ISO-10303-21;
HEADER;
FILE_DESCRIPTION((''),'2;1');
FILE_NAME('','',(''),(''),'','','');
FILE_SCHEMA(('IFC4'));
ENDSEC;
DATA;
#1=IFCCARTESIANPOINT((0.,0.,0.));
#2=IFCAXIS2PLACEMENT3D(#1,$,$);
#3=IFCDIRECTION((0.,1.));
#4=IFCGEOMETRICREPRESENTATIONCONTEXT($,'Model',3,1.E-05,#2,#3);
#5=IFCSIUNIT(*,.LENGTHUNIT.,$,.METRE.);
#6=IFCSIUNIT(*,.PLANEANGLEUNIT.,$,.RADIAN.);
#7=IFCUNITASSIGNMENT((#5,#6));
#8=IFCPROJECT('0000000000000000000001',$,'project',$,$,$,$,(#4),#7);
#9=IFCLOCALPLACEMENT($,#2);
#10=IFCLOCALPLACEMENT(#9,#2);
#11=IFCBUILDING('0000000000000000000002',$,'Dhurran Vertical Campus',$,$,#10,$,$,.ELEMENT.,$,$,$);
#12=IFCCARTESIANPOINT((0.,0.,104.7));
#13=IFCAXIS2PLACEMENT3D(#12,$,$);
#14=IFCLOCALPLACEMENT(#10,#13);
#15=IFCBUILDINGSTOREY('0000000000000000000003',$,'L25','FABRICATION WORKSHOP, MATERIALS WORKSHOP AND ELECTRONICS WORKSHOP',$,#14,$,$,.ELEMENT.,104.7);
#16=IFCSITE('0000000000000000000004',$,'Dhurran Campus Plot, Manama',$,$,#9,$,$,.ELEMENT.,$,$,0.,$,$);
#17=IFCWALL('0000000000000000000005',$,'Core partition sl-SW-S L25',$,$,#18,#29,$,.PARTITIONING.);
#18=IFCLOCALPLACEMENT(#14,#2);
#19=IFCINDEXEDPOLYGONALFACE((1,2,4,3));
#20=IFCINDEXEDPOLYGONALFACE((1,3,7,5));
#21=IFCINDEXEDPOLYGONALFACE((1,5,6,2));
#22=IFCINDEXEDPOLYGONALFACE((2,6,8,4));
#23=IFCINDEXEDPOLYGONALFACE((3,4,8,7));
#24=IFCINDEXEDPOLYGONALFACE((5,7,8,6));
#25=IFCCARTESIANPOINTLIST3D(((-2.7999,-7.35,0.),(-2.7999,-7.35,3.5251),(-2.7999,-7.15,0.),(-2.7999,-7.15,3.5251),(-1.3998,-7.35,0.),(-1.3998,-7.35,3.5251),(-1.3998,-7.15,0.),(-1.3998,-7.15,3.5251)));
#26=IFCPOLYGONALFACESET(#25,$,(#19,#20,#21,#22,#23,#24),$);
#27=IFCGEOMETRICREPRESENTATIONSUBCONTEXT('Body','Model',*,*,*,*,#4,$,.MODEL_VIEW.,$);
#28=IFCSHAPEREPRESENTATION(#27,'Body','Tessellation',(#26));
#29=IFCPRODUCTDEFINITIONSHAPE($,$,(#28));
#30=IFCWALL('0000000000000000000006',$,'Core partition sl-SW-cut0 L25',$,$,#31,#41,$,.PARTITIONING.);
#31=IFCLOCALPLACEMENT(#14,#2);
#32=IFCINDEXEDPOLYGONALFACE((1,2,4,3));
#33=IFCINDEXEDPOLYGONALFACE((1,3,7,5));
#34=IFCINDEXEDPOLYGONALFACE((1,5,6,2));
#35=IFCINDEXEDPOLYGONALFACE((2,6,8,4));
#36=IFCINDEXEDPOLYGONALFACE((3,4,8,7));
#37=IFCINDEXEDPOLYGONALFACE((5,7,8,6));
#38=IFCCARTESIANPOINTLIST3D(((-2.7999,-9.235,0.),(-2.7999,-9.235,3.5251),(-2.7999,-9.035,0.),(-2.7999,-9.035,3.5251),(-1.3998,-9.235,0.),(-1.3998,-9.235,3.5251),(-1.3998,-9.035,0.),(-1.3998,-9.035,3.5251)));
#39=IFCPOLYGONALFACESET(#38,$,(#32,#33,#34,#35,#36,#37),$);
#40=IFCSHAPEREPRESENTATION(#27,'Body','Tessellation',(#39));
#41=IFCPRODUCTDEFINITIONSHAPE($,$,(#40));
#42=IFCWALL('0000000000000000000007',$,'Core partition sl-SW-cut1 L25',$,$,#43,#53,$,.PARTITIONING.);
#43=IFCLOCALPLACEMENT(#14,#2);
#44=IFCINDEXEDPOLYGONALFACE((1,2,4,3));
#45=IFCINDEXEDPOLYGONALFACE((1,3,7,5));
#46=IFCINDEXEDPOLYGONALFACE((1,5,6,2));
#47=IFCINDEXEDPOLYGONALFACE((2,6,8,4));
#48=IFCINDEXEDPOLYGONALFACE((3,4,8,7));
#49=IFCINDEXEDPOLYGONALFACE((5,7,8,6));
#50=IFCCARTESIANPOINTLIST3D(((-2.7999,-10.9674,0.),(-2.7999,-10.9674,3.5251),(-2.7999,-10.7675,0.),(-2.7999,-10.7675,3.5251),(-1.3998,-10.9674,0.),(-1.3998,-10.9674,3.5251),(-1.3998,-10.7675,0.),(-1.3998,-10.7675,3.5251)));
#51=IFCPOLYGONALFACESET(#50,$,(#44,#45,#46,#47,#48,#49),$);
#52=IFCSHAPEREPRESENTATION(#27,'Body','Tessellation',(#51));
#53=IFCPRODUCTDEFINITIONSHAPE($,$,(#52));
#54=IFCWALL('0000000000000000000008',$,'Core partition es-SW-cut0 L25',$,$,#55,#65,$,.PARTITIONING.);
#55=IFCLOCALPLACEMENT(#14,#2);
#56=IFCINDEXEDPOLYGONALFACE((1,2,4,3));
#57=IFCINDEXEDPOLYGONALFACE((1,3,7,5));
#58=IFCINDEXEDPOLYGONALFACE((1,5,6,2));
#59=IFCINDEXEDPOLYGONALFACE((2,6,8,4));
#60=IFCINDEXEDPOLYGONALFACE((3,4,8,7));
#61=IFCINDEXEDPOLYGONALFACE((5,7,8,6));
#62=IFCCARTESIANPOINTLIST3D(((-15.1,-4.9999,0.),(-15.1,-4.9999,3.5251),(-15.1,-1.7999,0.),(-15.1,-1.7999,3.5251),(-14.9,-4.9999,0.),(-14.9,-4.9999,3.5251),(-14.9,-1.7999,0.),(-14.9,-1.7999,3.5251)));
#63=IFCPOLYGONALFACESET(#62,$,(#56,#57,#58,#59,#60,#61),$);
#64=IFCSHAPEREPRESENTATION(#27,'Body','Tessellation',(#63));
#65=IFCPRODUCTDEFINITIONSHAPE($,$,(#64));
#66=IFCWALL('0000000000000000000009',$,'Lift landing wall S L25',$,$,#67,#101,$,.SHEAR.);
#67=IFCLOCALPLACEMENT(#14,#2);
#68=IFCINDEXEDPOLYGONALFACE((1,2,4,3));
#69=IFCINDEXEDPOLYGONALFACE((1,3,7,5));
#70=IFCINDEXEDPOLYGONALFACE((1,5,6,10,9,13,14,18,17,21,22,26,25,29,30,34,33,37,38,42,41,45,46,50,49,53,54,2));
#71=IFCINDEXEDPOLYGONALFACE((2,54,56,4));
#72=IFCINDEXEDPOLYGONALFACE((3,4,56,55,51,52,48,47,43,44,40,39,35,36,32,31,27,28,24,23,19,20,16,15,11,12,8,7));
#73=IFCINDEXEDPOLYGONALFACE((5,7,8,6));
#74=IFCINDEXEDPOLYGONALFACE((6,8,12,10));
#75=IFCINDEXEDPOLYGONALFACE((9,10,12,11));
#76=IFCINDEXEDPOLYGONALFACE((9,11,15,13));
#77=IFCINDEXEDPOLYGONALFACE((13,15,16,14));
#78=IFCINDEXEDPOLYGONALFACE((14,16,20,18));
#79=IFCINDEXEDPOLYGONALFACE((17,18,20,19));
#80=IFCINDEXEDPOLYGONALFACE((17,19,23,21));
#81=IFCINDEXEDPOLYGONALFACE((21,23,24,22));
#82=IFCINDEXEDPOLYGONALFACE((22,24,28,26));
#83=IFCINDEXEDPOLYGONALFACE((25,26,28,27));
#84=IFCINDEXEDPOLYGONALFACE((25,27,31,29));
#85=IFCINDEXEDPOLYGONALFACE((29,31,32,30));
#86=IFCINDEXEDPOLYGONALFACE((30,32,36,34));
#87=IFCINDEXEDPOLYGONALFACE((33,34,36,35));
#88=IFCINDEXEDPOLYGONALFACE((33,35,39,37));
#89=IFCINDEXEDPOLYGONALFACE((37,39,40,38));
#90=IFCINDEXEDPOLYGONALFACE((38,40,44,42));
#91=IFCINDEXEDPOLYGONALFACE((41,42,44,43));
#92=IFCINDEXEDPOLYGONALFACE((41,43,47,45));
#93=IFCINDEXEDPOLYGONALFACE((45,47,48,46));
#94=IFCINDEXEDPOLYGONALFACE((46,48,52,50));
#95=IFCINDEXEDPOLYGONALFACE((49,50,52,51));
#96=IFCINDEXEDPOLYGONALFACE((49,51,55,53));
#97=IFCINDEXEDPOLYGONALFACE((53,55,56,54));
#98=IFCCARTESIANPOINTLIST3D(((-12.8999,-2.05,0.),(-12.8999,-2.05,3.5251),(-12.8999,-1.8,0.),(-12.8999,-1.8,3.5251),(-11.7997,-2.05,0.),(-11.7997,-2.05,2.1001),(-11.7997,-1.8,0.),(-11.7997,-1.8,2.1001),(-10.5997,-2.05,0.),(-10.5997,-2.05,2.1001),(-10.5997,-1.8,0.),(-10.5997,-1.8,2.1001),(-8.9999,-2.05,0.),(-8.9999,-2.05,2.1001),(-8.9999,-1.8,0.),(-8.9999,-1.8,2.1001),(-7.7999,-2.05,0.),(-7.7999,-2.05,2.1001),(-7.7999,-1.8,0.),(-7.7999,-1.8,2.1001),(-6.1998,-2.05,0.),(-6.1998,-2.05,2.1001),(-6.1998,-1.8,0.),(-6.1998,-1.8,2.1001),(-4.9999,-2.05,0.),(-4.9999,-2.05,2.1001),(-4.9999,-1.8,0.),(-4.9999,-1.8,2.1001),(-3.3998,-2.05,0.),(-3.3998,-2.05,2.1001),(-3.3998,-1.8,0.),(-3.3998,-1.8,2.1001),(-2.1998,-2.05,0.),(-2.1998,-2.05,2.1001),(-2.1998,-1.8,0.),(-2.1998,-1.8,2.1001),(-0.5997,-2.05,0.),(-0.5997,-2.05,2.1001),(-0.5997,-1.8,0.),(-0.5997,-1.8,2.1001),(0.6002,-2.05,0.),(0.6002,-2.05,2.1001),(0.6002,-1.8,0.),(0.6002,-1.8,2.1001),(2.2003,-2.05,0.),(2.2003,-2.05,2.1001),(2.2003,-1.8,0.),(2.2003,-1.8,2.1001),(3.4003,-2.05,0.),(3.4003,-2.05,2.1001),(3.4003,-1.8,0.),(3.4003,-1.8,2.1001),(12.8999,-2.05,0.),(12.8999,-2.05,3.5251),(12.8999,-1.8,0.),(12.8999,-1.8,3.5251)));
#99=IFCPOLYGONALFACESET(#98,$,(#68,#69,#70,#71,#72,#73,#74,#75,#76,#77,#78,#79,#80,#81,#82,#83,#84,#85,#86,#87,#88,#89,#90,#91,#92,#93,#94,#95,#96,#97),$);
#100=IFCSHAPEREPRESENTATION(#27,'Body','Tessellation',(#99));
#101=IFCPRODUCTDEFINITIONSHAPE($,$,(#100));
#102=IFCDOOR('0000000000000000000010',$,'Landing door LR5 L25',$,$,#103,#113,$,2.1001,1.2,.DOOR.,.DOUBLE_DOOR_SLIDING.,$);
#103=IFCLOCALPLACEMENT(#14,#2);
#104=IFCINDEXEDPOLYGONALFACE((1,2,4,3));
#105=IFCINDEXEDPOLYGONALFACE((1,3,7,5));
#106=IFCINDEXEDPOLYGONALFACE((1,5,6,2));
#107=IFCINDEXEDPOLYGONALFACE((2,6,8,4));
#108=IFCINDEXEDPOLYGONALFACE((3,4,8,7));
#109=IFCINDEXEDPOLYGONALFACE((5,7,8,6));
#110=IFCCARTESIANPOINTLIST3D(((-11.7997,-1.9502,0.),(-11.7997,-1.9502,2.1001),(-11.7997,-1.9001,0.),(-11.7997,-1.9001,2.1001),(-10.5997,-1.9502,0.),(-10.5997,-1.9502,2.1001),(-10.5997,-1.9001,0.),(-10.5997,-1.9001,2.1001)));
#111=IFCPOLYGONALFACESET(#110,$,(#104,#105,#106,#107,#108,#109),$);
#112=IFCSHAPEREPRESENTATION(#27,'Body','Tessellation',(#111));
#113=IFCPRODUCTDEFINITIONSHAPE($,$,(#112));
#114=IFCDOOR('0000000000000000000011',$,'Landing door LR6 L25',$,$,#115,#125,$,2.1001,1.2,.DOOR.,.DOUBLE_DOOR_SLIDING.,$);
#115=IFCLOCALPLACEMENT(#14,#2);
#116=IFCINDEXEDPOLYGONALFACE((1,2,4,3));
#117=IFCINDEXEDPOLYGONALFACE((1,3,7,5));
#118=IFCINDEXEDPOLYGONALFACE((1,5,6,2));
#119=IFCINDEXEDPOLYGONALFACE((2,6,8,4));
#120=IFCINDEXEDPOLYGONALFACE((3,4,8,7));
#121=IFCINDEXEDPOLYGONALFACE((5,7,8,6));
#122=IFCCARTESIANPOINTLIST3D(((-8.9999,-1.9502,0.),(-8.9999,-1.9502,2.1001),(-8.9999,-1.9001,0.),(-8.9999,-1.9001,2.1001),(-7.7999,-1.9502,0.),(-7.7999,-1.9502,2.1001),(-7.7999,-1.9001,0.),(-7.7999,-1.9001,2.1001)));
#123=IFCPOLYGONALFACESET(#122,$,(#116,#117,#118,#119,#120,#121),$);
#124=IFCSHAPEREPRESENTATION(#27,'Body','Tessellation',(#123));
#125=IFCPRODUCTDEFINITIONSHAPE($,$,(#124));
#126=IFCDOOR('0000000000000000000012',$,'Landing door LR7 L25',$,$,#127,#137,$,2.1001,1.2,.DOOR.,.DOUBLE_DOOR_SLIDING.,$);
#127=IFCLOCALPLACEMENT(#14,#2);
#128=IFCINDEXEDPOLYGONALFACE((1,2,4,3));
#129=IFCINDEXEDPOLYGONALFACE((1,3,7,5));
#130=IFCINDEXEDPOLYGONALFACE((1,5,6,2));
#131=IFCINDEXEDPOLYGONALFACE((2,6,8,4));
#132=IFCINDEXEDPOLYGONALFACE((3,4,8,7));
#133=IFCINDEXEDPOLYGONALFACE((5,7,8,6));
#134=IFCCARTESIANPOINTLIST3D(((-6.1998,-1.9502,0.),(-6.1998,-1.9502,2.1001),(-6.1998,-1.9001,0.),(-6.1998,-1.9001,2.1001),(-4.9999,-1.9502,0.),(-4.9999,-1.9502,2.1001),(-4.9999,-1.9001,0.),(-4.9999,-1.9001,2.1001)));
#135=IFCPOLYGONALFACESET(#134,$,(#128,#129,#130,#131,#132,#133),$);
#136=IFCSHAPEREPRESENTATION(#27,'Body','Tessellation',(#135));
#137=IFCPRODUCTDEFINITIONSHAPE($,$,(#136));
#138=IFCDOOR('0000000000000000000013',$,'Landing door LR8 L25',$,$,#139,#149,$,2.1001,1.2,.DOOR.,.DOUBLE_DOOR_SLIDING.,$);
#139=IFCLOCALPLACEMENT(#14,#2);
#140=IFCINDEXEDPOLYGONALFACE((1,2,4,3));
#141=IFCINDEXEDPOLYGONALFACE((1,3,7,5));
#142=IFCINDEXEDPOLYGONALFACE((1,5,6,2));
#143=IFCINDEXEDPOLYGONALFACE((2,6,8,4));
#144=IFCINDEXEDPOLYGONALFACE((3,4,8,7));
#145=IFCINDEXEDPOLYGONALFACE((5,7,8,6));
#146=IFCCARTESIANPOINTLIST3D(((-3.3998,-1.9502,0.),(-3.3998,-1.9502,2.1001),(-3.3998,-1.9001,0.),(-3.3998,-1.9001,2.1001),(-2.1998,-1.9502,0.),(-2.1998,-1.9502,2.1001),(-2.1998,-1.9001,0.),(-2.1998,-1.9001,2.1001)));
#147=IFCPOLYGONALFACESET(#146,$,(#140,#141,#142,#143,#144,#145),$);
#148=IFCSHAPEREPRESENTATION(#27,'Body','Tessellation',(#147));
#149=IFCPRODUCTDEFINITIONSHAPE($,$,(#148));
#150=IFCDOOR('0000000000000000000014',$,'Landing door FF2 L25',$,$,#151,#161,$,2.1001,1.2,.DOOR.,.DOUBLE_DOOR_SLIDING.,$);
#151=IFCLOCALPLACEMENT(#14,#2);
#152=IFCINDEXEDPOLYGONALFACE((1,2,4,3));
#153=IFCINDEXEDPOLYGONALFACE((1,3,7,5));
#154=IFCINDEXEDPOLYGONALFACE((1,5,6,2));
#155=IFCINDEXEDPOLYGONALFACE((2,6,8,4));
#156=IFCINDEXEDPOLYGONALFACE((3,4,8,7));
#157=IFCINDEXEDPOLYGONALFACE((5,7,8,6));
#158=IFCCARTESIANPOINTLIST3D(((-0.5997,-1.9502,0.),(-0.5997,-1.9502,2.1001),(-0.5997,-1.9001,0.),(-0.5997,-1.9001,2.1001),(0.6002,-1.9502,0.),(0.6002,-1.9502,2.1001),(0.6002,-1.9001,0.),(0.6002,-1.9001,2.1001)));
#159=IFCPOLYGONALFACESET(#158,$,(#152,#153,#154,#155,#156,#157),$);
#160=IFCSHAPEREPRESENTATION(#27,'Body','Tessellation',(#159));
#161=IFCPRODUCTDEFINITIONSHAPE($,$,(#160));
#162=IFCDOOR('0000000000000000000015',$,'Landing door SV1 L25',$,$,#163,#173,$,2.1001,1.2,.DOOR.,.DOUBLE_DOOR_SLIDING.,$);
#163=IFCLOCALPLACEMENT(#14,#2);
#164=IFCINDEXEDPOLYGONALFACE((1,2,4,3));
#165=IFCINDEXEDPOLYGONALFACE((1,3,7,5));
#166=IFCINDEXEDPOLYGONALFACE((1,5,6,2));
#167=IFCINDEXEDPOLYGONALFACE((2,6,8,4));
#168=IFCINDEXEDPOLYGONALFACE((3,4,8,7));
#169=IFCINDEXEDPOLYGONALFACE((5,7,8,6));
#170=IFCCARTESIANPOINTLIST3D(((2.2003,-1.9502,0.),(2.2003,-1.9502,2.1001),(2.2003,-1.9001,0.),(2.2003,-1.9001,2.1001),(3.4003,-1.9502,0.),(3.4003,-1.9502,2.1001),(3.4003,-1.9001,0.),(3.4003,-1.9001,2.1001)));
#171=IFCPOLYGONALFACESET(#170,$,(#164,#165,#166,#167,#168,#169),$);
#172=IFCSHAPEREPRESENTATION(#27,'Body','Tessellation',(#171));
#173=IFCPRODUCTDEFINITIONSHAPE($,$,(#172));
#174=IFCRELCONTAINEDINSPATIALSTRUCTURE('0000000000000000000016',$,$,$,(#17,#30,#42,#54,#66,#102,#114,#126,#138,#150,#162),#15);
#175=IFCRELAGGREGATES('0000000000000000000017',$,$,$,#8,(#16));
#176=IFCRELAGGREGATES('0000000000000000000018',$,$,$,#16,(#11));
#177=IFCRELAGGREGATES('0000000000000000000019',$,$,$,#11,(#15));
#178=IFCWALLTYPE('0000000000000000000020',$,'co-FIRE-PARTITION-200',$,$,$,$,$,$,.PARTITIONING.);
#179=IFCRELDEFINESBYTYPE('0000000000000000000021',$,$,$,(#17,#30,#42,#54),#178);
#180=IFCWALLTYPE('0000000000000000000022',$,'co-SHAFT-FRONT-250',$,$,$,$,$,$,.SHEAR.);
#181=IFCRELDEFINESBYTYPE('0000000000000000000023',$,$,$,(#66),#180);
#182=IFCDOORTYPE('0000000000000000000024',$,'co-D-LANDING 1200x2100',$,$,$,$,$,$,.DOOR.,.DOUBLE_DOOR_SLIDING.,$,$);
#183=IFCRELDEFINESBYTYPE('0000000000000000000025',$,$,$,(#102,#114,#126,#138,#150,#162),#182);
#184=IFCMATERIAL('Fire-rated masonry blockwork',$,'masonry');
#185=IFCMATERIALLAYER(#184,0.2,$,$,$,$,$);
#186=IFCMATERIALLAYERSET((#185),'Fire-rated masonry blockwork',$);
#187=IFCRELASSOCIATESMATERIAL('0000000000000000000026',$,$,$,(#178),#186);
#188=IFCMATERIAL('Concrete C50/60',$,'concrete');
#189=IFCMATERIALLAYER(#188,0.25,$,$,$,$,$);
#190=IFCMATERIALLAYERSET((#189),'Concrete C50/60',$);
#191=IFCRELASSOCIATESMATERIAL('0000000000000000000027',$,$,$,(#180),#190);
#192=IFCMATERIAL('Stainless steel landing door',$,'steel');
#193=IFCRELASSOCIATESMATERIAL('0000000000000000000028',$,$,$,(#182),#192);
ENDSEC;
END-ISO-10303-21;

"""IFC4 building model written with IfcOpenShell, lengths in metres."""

from ifc_helpers import new_model, si_unit, direction, frame, frame_2d, origin, place, context, subcontext, project, spatial, rectangle, extrude, material, layer, layer_set, type_object, element, fill, save


model = new_model("IFC4")

# Units and contexts
model_context = context("Model", 3, precision=1e-05, world=origin(), true_north=direction((0.0, 1.0)))
body_context = subcontext(model_context, "Body", "Model", "MODEL_VIEW")
ifc_project = project(units=[si_unit("LENGTHUNIT", "METRE"), si_unit("PLANEANGLEUNIT", "RADIAN")], contexts=[model_context])

# Site, building, storey
site_placement = place(None, origin())
site = spatial("IfcSite", under=ifc_project, at=site_placement, Name="Dhurran Campus Plot, Manama", CompositionType="ELEMENT", RefElevation=0.0)
building_placement = place(site_placement, origin())
building = spatial("IfcBuilding", under=site, at=building_placement, Name="Dhurran Vertical Campus", CompositionType="ELEMENT")
storey_placement = place(building_placement, frame((0.0, 0.0, 104.7)))
storey = spatial("IfcBuildingStorey", under=building, at=storey_placement, Name="L25", Description="FABRICATION WORKSHOP, MATERIALS WORKSHOP AND ELECTRONICS WORKSHOP", CompositionType="ELEMENT", Elevation=104.7)

# Shared definitions
ifc_material_1 = material(Name="Fire-rated masonry blockwork", Category="masonry")
ifc_layer_1 = layer(ifc_material_1, 0.2)
ifc_layer_set_1 = layer_set([ifc_layer_1], Name="Fire-rated masonry blockwork")
wall_type_1 = type_object("IfcWallType", Name="co-FIRE-PARTITION-200", PredefinedType="PARTITIONING", material=ifc_layer_set_1)

# Walls
for number, where, z_axis, x_axis, name in (
    (1, (-2.8, -7.25, 0.0), (0.0, 0.0, 1.0), (1.0, 0.0, 0.0), "Core partition sl-SW-S L25"),
    (2, (-2.8, -9.135, 0.0), (0.0, 0.0, 1.0), (1.0, 0.0, 0.0), "Core partition sl-SW-cut0 L25"),
    (3, (-2.8, -10.8674, 0.0), (0.0, 0.0, 1.0), (1.0, 0.0, 0.0), "Core partition sl-SW-cut1 L25"),
):
    element("IfcWall", number, at=place(storey_placement, frame(where, z_axis=z_axis, x_axis=x_axis)), inside=storey, type_object=wall_type_1, Name=name, PredefinedType="PARTITIONING", context=body_context, shape_type="SweptSolid", body=[
        extrude(rectangle(XDim=1.4001, YDim=0.2, at=frame_2d((0.7002, 0.0))), origin(), (0.0, 0.0, 1.0), 3.5251),
    ])
wall_1_placement = place(storey_placement, frame((-15.0, -5.0, 0.0), z_axis=(0.0, 0.0, 1.0), x_axis=(0.0, 1.0, 0.0)))
element("IfcWall", 4, at=wall_1_placement, inside=storey, type_object=wall_type_1, Name="Core partition es-SW-cut0 L25", PredefinedType="PARTITIONING", context=body_context, shape_type="SweptSolid", body=[
    extrude(rectangle(XDim=3.2, YDim=0.2, at=frame_2d((1.6001, 0.0))), origin(), (0.0, 0.0, 1.0), 3.5251),
])

# Wall, openings, doors
ifc_material_2 = material(Name="Concrete C50/60", Category="concrete")
ifc_layer_2 = layer(ifc_material_2, 0.25)
ifc_layer_set_2 = layer_set([ifc_layer_2], Name="Concrete C50/60")
wall_type_2 = type_object("IfcWallType", Name="co-SHAFT-FRONT-250", PredefinedType="SHEAR", material=ifc_layer_set_2)
wall_2_placement = place(storey_placement, frame((-12.8999, -1.925, 0.0), z_axis=(0.0, 0.0, 1.0), x_axis=(1.0, 0.0, 0.0)))
wall_2 = element("IfcWall", 5, at=wall_2_placement, inside=storey, type_object=wall_type_2, Name="Lift landing wall S L25", PredefinedType="SHEAR", context=body_context, shape_type="SweptSolid", body=[
    extrude(rectangle(XDim=25.7998, YDim=0.25, at=frame_2d((12.8999, 0.0))), origin(), (0.0, 0.0, 1.0), 3.5251),
])
opening_1_placement = place(wall_2_placement, frame((1.1001, 0.0, 0.0)))
opening_1 = element("IfcOpeningElement", 6, at=opening_1_placement, cuts=wall_2, PredefinedType="OPENING", context=body_context, shape_type="SweptSolid", body=[
    extrude(rectangle(XDim=1.2, YDim=2.1001, at=frame_2d((0.6001, 1.05))), frame((0.0, 0.135, 0.0), z_axis=(0.0, -1.0, 0.0), x_axis=(1.0, 0.0, 0.0)), (0.0, 0.0, 1.0), 0.27),
])
opening_2_placement = place(wall_2_placement, frame((3.8999, 0.0, 0.0)))
opening_2 = element("IfcOpeningElement", 7, at=opening_2_placement, cuts=wall_2, PredefinedType="OPENING", context=body_context, shape_type="SweptSolid", body=[
    extrude(rectangle(XDim=1.2, YDim=2.1001, at=frame_2d((0.6001, 1.05))), frame((0.0, 0.135, 0.0), z_axis=(0.0, -1.0, 0.0), x_axis=(1.0, 0.0, 0.0)), (0.0, 0.0, 1.0), 0.27),
])
opening_3_placement = place(wall_2_placement, frame((6.7, 0.0, 0.0)))
opening_3 = element("IfcOpeningElement", 8, at=opening_3_placement, cuts=wall_2, PredefinedType="OPENING", context=body_context, shape_type="SweptSolid", body=[
    extrude(rectangle(XDim=1.2, YDim=2.1001, at=frame_2d((0.6001, 1.05))), frame((0.0, 0.135, 0.0), z_axis=(0.0, -1.0, 0.0), x_axis=(1.0, 0.0, 0.0)), (0.0, 0.0, 1.0), 0.27),
])
opening_4_placement = place(wall_2_placement, frame((9.5, 0.0, 0.0)))
opening_4 = element("IfcOpeningElement", 9, at=opening_4_placement, cuts=wall_2, PredefinedType="OPENING", context=body_context, shape_type="SweptSolid", body=[
    extrude(rectangle(XDim=1.2, YDim=2.1001, at=frame_2d((0.6001, 1.05))), frame((0.0, 0.135, 0.0), z_axis=(0.0, -1.0, 0.0), x_axis=(1.0, 0.0, 0.0)), (0.0, 0.0, 1.0), 0.27),
])
opening_5_placement = place(wall_2_placement, frame((12.3, 0.0, 0.0)))
opening_5 = element("IfcOpeningElement", 10, at=opening_5_placement, cuts=wall_2, PredefinedType="OPENING", context=body_context, shape_type="SweptSolid", body=[
    extrude(rectangle(XDim=1.2, YDim=2.1001, at=frame_2d((0.6001, 1.05))), frame((0.0, 0.135, 0.0), z_axis=(0.0, -1.0, 0.0), x_axis=(1.0, 0.0, 0.0)), (0.0, 0.0, 1.0), 0.27),
])
opening_6_placement = place(wall_2_placement, frame((15.1001, 0.0, 0.0)))
opening_6 = element("IfcOpeningElement", 11, at=opening_6_placement, cuts=wall_2, PredefinedType="OPENING", context=body_context, shape_type="SweptSolid", body=[
    extrude(rectangle(XDim=1.2, YDim=2.1001, at=frame_2d((0.6001, 1.05))), frame((0.0, 0.135, 0.0), z_axis=(0.0, -1.0, 0.0), x_axis=(1.0, 0.0, 0.0)), (0.0, 0.0, 1.0), 0.27),
])
ifc_material_3 = material(Name="Stainless steel landing door", Category="steel")
door_type_1 = type_object("IfcDoorType", Name="co-D-LANDING 1200x2100", OperationType="DOUBLE_DOOR_SLIDING", PredefinedType="DOOR", material=ifc_material_3)
door_1_placement = place(opening_1_placement, origin())
door_1 = element("IfcDoor", 12, at=door_1_placement, inside=storey, type_object=door_type_1, Name="Landing door LR5 L25", OperationType="DOUBLE_DOOR_SLIDING", OverallHeight=2.1001, OverallWidth=1.2, PredefinedType="DOOR", context=body_context, shape_type="SweptSolid", body=[
    extrude(rectangle(XDim=1.2, YDim=2.1001, at=frame_2d((0.6001, 1.05))), frame((0.0, 0.0249, 0.0), z_axis=(0.0, -1.0, 0.0), x_axis=(1.0, 0.0, 0.0)), (0.0, 0.0, 1.0), 0.05),
])
fill(opening_1, door_1)
door_2_placement = place(opening_2_placement, origin())
door_2 = element("IfcDoor", 13, at=door_2_placement, inside=storey, type_object=door_type_1, Name="Landing door LR6 L25", OperationType="DOUBLE_DOOR_SLIDING", OverallHeight=2.1001, OverallWidth=1.2, PredefinedType="DOOR", context=body_context, shape_type="SweptSolid", body=[
    extrude(rectangle(XDim=1.2, YDim=2.1001, at=frame_2d((0.6001, 1.05))), frame((0.0, 0.0249, 0.0), z_axis=(0.0, -1.0, 0.0), x_axis=(1.0, 0.0, 0.0)), (0.0, 0.0, 1.0), 0.05),
])
fill(opening_2, door_2)
door_3_placement = place(opening_3_placement, origin())
door_3 = element("IfcDoor", 14, at=door_3_placement, inside=storey, type_object=door_type_1, Name="Landing door LR7 L25", OperationType="DOUBLE_DOOR_SLIDING", OverallHeight=2.1001, OverallWidth=1.2, PredefinedType="DOOR", context=body_context, shape_type="SweptSolid", body=[
    extrude(rectangle(XDim=1.2, YDim=2.1001, at=frame_2d((0.6001, 1.05))), frame((0.0, 0.0249, 0.0), z_axis=(0.0, -1.0, 0.0), x_axis=(1.0, 0.0, 0.0)), (0.0, 0.0, 1.0), 0.05),
])
fill(opening_3, door_3)
door_4_placement = place(opening_4_placement, origin())
door_4 = element("IfcDoor", 15, at=door_4_placement, inside=storey, type_object=door_type_1, Name="Landing door LR8 L25", OperationType="DOUBLE_DOOR_SLIDING", OverallHeight=2.1001, OverallWidth=1.2, PredefinedType="DOOR", context=body_context, shape_type="SweptSolid", body=[
    extrude(rectangle(XDim=1.2, YDim=2.1001, at=frame_2d((0.6001, 1.05))), frame((0.0, 0.0249, 0.0), z_axis=(0.0, -1.0, 0.0), x_axis=(1.0, 0.0, 0.0)), (0.0, 0.0, 1.0), 0.05),
])
fill(opening_4, door_4)
door_5_placement = place(opening_5_placement, origin())
door_5 = element("IfcDoor", 16, at=door_5_placement, inside=storey, type_object=door_type_1, Name="Landing door FF2 L25", OperationType="DOUBLE_DOOR_SLIDING", OverallHeight=2.1001, OverallWidth=1.2, PredefinedType="DOOR", context=body_context, shape_type="SweptSolid", body=[
    extrude(rectangle(XDim=1.2, YDim=2.1001, at=frame_2d((0.6001, 1.05))), frame((0.0, 0.0249, 0.0), z_axis=(0.0, -1.0, 0.0), x_axis=(1.0, 0.0, 0.0)), (0.0, 0.0, 1.0), 0.05),
])
fill(opening_5, door_5)
door_6_placement = place(opening_6_placement, origin())
door_6 = element("IfcDoor", 17, at=door_6_placement, inside=storey, type_object=door_type_1, Name="Landing door SV1 L25", OperationType="DOUBLE_DOOR_SLIDING", OverallHeight=2.1001, OverallWidth=1.2, PredefinedType="DOOR", context=body_context, shape_type="SweptSolid", body=[
    extrude(rectangle(XDim=1.2, YDim=2.1001, at=frame_2d((0.6001, 1.05))), frame((0.0, 0.0249, 0.0), z_axis=(0.0, -1.0, 0.0), x_axis=(1.0, 0.0, 0.0)), (0.0, 0.0, 1.0), 0.05),
])
fill(opening_6, door_6)

save(model, "model.ifc")
